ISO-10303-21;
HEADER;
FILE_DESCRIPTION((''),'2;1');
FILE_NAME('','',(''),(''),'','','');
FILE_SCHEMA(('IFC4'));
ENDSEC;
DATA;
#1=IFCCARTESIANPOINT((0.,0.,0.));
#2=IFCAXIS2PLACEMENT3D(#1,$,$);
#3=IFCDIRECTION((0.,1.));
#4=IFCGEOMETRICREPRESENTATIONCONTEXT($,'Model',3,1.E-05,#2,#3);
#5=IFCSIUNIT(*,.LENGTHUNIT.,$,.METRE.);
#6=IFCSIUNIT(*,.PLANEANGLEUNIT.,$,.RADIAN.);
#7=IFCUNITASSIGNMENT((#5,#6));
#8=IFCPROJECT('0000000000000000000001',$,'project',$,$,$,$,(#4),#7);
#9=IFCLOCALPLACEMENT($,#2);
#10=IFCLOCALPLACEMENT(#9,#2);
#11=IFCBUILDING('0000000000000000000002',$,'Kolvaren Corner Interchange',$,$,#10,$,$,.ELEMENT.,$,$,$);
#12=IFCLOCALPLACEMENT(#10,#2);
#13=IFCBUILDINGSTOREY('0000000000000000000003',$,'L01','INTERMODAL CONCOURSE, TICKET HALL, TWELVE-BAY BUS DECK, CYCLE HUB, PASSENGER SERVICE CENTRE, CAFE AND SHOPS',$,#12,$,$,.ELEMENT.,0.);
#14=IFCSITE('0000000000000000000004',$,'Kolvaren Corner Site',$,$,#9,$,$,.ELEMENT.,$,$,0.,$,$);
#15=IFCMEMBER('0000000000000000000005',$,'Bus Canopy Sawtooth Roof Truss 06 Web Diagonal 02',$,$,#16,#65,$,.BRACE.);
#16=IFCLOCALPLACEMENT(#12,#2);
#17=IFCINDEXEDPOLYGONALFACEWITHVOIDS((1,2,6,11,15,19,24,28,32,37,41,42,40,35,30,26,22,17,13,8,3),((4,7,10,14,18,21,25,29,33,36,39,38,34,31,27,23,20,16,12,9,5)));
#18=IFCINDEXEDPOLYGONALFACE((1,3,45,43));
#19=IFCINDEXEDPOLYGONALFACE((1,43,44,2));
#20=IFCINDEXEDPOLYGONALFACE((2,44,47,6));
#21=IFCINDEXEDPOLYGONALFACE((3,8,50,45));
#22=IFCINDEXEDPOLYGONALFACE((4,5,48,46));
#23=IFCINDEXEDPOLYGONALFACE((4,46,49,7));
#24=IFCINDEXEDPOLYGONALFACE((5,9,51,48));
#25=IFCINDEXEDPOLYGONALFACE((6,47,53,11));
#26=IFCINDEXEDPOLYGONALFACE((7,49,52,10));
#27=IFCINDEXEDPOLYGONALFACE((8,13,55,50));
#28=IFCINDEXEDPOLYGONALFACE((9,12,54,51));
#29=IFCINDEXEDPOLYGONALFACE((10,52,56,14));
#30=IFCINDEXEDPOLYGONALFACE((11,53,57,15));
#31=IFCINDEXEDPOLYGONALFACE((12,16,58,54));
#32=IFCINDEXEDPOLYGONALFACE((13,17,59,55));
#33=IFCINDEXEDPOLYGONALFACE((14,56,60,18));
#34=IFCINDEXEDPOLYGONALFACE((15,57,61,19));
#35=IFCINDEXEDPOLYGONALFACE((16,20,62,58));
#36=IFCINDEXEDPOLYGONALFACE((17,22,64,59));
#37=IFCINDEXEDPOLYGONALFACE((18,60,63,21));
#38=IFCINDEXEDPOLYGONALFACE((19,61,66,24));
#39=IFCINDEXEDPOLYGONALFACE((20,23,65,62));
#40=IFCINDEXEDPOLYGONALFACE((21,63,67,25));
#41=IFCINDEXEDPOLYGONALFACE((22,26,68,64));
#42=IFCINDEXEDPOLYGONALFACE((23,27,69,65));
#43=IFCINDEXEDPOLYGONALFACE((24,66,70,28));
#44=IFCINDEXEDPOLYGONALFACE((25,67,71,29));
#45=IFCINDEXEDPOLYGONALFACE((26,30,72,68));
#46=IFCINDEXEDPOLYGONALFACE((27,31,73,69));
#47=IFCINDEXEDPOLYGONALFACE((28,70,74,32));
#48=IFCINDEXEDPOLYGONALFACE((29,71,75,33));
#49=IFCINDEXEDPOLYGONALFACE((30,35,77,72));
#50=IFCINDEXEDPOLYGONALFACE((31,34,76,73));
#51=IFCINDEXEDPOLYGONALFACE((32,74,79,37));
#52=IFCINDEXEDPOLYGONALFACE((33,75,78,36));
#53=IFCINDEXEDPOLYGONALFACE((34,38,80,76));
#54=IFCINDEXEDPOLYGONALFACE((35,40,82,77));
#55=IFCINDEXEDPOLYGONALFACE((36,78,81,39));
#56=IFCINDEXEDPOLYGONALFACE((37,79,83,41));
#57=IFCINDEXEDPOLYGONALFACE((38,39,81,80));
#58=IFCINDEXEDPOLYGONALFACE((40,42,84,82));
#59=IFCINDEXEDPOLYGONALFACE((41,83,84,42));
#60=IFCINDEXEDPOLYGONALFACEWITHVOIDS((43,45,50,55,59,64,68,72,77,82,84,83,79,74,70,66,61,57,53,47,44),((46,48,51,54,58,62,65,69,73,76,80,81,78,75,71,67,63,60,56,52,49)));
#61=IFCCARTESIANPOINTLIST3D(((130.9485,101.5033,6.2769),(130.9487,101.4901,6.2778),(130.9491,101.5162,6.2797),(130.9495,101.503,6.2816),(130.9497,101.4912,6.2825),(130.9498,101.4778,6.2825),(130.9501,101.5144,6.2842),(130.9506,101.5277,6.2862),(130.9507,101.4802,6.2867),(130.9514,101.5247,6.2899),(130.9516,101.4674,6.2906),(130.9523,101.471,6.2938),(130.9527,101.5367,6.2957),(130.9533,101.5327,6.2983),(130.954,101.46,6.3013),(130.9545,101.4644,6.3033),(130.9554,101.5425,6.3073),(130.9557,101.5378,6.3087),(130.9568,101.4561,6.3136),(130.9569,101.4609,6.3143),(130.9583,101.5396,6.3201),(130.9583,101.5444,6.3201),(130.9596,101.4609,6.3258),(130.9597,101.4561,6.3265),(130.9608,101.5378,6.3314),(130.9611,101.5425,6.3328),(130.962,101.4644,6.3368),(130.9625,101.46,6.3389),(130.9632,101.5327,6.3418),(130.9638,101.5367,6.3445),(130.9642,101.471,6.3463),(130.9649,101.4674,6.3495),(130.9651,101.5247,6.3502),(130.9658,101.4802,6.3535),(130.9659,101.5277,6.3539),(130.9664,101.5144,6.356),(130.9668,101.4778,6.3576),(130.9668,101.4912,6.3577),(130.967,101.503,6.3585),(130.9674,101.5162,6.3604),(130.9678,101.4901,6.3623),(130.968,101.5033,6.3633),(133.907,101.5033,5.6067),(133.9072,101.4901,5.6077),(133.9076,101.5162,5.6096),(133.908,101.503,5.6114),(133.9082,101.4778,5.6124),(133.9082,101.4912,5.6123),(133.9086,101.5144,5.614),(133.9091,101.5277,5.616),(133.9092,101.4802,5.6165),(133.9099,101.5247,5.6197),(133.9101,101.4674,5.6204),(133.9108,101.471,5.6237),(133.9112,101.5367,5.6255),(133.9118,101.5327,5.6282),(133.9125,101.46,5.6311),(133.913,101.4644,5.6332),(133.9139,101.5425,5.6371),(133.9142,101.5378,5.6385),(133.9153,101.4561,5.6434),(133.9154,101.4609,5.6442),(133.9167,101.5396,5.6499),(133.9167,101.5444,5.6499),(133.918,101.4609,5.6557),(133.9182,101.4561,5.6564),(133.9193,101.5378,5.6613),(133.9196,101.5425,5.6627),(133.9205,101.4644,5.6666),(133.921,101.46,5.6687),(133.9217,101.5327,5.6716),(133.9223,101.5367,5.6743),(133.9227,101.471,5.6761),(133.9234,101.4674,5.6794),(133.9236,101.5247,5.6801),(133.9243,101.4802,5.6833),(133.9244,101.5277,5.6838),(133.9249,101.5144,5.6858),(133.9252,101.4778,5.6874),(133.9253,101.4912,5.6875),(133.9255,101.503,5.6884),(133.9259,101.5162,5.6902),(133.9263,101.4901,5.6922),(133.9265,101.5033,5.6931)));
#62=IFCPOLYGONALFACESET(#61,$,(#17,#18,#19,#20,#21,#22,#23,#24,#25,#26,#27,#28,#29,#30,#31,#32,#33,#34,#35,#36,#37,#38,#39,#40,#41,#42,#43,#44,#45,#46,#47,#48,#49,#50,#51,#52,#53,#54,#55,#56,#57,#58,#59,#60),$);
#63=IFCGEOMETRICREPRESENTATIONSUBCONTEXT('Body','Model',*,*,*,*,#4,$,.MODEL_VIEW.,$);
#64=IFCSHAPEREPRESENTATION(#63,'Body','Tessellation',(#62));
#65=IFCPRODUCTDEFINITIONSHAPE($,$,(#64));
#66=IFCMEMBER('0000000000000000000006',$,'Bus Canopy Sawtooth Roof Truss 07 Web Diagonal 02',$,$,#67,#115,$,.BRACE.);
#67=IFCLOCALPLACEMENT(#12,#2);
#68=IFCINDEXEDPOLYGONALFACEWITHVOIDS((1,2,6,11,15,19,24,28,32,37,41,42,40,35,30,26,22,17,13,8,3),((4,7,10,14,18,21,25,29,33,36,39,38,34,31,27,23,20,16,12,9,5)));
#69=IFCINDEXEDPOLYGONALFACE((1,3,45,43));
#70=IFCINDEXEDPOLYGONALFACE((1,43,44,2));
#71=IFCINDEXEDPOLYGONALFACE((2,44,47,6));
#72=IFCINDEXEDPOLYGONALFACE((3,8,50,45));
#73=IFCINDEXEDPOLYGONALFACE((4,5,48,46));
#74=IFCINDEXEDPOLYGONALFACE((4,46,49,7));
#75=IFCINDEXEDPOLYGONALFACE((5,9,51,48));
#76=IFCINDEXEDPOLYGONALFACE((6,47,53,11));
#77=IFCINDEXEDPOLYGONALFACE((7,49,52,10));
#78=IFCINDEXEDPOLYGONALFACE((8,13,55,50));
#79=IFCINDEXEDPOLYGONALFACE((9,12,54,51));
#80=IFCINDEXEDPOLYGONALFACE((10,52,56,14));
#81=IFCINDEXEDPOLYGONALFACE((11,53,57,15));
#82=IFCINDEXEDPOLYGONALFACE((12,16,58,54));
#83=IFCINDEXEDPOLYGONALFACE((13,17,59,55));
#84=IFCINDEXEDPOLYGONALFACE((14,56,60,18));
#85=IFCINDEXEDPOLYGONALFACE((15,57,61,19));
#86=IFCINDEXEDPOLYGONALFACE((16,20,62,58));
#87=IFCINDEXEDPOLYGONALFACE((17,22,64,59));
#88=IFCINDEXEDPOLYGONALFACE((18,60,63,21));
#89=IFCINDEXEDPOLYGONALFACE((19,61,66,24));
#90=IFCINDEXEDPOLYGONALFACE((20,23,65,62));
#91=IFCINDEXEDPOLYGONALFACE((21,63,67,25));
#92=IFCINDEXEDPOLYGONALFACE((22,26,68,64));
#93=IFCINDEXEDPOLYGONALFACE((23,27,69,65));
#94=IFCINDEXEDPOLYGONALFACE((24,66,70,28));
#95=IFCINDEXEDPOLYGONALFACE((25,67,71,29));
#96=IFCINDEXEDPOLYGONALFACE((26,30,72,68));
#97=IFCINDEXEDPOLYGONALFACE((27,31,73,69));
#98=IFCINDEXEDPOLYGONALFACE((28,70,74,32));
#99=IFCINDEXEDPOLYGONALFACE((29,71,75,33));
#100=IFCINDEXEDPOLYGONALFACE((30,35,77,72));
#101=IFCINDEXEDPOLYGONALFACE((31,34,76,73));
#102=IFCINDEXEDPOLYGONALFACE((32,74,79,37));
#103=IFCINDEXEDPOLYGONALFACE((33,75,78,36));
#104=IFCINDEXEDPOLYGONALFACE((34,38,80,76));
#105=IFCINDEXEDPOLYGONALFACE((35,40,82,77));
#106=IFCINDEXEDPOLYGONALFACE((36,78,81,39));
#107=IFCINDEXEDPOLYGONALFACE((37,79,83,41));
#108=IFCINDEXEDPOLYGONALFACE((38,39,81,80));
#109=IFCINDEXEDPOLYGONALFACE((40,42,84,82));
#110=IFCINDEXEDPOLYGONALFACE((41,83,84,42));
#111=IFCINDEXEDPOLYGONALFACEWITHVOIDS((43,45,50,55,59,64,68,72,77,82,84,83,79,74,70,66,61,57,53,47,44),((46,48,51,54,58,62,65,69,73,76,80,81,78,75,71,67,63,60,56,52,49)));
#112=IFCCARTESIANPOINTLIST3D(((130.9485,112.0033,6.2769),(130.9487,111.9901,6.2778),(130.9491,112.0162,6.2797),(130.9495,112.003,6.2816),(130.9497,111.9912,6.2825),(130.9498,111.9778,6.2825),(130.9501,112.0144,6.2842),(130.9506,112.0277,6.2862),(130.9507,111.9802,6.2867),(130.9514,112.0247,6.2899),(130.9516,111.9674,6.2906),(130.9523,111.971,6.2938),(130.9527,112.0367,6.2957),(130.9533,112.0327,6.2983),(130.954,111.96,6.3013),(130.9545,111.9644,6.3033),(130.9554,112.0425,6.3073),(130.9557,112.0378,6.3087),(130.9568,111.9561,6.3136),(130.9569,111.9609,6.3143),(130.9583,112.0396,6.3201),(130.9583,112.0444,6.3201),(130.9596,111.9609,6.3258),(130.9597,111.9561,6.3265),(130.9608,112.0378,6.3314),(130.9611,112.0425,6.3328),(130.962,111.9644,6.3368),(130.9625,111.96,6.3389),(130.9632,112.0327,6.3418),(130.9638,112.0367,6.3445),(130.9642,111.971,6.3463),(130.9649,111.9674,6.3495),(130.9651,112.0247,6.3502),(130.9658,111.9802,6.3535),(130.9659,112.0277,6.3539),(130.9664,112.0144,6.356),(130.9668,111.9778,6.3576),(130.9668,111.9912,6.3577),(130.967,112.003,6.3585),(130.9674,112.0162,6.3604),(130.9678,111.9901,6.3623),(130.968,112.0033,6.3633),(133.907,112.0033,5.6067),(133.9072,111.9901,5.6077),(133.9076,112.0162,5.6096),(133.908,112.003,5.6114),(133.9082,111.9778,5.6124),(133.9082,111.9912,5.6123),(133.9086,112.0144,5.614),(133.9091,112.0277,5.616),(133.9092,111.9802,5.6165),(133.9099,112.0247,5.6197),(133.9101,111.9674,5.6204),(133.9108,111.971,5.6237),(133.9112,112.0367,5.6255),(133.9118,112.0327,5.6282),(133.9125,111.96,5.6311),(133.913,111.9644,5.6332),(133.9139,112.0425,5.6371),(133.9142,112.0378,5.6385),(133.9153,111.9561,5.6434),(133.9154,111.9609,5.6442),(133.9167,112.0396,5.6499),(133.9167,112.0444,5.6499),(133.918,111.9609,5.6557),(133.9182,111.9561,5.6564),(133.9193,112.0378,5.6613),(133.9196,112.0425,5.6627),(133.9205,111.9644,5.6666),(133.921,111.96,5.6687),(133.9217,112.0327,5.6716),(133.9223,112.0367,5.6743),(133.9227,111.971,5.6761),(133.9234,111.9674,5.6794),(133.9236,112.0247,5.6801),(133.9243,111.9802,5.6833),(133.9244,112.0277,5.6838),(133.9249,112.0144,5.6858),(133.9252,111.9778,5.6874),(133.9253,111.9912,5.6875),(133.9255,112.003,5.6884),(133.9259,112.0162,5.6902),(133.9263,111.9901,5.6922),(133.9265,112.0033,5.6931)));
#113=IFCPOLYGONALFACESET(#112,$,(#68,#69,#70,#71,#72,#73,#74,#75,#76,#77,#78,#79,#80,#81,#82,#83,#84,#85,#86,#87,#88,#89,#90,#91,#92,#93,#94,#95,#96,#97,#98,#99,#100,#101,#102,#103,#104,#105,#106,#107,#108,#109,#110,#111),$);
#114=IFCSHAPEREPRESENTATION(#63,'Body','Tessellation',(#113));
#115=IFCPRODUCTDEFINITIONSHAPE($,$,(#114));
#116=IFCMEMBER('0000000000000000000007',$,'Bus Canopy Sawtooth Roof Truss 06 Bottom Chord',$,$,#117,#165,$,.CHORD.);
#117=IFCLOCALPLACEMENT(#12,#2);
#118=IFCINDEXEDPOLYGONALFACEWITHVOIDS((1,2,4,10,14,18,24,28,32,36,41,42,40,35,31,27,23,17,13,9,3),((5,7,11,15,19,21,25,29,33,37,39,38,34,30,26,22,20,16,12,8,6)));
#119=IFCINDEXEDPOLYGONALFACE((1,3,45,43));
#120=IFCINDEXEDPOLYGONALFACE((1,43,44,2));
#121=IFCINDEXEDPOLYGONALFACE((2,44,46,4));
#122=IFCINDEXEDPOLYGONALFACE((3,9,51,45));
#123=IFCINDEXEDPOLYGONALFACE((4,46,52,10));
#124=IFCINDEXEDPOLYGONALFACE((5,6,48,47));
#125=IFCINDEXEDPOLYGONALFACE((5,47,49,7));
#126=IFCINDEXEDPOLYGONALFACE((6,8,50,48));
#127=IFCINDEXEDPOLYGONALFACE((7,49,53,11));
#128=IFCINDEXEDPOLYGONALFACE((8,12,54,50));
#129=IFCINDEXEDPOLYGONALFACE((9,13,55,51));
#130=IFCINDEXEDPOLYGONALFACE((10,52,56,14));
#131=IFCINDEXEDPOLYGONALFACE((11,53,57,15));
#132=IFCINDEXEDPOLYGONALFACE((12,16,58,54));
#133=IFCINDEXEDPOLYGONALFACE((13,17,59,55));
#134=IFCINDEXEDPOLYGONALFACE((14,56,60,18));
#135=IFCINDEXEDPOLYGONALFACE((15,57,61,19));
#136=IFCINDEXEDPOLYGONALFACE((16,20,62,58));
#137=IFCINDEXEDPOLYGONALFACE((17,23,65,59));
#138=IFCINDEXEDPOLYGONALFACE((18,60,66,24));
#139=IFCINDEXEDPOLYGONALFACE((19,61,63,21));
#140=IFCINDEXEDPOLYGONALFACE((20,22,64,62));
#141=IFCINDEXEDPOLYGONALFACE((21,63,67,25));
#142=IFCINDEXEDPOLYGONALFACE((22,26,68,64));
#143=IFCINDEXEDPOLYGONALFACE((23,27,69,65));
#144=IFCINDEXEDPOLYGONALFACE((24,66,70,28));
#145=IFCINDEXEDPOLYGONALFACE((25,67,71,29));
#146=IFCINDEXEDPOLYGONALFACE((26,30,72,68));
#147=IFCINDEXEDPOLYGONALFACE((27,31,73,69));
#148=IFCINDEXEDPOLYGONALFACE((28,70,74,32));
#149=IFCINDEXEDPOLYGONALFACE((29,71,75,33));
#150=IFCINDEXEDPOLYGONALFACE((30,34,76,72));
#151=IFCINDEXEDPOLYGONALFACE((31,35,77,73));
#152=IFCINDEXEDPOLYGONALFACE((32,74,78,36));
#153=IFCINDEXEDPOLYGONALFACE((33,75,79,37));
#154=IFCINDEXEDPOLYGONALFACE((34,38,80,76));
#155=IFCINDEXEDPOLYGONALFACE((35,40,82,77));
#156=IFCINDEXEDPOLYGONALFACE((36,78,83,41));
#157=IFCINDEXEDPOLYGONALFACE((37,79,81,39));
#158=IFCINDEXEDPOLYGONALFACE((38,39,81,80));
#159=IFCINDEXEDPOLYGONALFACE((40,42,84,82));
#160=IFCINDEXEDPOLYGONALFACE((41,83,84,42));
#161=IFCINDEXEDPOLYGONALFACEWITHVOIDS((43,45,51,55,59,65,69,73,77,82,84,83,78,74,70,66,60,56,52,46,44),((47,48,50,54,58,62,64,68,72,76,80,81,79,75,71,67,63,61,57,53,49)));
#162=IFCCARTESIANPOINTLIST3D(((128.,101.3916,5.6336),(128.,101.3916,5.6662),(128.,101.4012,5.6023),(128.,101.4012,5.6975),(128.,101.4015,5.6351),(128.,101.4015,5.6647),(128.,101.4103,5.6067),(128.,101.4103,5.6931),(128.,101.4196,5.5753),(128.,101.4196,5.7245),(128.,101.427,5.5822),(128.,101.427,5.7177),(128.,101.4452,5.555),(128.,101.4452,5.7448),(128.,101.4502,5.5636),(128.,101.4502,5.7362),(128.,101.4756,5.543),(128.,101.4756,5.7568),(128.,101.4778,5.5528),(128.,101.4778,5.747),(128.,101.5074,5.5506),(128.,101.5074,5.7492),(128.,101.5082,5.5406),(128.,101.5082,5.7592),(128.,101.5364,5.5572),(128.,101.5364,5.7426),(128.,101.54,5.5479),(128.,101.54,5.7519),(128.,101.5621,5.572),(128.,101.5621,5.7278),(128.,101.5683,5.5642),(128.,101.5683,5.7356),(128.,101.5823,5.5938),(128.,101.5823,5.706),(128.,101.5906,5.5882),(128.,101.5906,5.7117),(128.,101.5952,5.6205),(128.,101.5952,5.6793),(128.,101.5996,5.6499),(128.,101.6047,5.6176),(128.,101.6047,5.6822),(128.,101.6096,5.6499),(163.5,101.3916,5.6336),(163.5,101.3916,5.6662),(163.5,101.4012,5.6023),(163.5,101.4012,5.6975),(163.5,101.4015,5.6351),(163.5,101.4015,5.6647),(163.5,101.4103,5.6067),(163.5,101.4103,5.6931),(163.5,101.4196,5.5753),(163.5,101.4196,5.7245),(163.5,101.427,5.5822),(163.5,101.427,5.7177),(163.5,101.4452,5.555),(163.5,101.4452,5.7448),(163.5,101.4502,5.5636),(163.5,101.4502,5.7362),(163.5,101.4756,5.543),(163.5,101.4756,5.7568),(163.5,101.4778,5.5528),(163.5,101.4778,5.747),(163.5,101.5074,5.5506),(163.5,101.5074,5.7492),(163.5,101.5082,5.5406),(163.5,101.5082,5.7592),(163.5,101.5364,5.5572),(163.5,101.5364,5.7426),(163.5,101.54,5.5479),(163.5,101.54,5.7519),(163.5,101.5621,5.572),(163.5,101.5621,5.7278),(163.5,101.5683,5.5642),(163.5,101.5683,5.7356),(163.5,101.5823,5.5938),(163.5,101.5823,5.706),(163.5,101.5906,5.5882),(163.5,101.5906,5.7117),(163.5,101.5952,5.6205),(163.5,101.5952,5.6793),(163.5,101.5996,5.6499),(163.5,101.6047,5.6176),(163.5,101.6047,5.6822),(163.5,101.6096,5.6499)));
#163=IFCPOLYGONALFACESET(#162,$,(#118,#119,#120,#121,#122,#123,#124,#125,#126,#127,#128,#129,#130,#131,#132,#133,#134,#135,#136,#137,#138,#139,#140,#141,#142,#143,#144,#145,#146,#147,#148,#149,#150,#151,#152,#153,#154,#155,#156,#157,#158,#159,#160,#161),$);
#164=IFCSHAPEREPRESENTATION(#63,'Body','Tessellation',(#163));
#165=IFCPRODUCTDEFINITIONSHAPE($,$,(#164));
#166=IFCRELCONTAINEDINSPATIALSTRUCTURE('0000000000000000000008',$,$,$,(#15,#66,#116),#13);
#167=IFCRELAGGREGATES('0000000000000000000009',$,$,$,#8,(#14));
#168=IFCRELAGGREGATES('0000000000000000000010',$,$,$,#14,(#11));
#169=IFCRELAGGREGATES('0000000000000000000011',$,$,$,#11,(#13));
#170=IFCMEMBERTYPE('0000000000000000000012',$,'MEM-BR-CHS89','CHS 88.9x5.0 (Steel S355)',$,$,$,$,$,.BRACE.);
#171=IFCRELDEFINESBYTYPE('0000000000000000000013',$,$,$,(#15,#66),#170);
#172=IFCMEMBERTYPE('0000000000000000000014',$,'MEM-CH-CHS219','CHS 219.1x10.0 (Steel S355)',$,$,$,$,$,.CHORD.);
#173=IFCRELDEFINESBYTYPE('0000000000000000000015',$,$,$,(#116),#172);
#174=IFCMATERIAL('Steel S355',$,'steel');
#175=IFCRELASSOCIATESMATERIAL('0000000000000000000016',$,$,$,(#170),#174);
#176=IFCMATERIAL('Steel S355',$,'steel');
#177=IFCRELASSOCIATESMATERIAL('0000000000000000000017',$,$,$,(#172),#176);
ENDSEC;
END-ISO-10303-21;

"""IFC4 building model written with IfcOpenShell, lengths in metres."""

from ifc_helpers import new_model, si_unit, direction, frame, origin, origin_2d, place, context, subcontext, project, spatial, hollow_circle, extrude, material, material_profile, profile_set, type_object, element, save


model = new_model("IFC4")

# Units and contexts
model_context = context("Model", 3, precision=1e-05, world=origin(), true_north=direction((0.0, 1.0)))
body_context = subcontext(model_context, "Body", "Model", "MODEL_VIEW")
ifc_project = project(units=[si_unit("LENGTHUNIT", "METRE"), si_unit("PLANEANGLEUNIT", "RADIAN")], contexts=[model_context])

# Site, building, storey
site_placement = place(None, origin())
site = spatial("IfcSite", under=ifc_project, at=site_placement, Name="Kolvaren Corner Site", CompositionType="ELEMENT", RefElevation=0.0)
building_placement = place(site_placement, origin())
building = spatial("IfcBuilding", under=site, at=building_placement, Name="Kolvaren Corner Interchange", CompositionType="ELEMENT")
storey_placement = place(building_placement, origin())
storey = spatial("IfcBuildingStorey", under=building, at=storey_placement, Name="L01", Description="INTERMODAL CONCOURSE, TICKET HALL, TWELVE-BAY BUS DECK, CYCLE HUB, PASSENGER SERVICE CENTRE, CAFE AND SHOPS", CompositionType="ELEMENT", Elevation=0.0)

# Members
ifc_material_1 = material(Name="Steel S355", Category="steel")
ifc_material_profile_1 = material_profile(ifc_material_1, hollow_circle(Radius=0.0444, WallThickness=0.0049, at=origin_2d()), Name="CHS 88.9x5.0")
ifc_profile_set_1 = profile_set([ifc_material_profile_1], Name="Steel S355")
member_type_1 = type_object("IfcMemberType", Name="MEM-BR-CHS89", Description="CHS 88.9x5.0 (Steel S355)", PredefinedType="BRACE", material=ifc_profile_set_1)
for number, where, z_axis, x_axis, name in (
    (1, (130.9583, 101.5, 6.3201), (0.975291, 0.0, -0.220925), (0.0, 1.0, 0.0), "Bus Canopy Sawtooth Roof Truss 06 Web Diagonal 02"),
    (2, (130.9583, 112.0, 6.3201), (0.975291, 0.0, -0.220925), (0.0, 1.0, 0.0), "Bus Canopy Sawtooth Roof Truss 07 Web Diagonal 02"),
):
    element("IfcMember", number, at=place(storey_placement, frame(where, z_axis=z_axis, x_axis=x_axis)), inside=storey, type_object=member_type_1, Name=name, PredefinedType="BRACE", context=body_context, shape_type="SweptSolid", body=[
        extrude(hollow_circle(Radius=0.0444, WallThickness=0.0049, at=origin_2d()), origin(), (0.0, 0.0, 1.0), 3.0334),
    ])
ifc_material_2 = material(Name="Steel S355", Category="steel")
ifc_material_profile_2 = material_profile(ifc_material_2, hollow_circle(Radius=0.1096, WallThickness=0.01, at=origin_2d()), Name="CHS 219.1x10.0")
ifc_profile_set_2 = profile_set([ifc_material_profile_2], Name="Steel S355")
member_type_2 = type_object("IfcMemberType", Name="MEM-CH-CHS219", Description="CHS 219.1x10.0 (Steel S355)", PredefinedType="CHORD", material=ifc_profile_set_2)
for number, where, z_axis, x_axis, name in (
    (3, (128.0, 101.5, 5.6499), (1.0, 0.0, 0.0), (0.0, 1.0, 0.0), "Bus Canopy Sawtooth Roof Truss 06 Bottom Chord"),
):
    element("IfcMember", number, at=place(storey_placement, frame(where, z_axis=z_axis, x_axis=x_axis)), inside=storey, type_object=member_type_2, Name=name, PredefinedType="CHORD", context=body_context, shape_type="SweptSolid", body=[
        extrude(hollow_circle(Radius=0.1096, WallThickness=0.01, at=origin_2d()), origin(), (0.0, 0.0, 1.0), 35.5),
    ])

save(model, "model.ifc")
